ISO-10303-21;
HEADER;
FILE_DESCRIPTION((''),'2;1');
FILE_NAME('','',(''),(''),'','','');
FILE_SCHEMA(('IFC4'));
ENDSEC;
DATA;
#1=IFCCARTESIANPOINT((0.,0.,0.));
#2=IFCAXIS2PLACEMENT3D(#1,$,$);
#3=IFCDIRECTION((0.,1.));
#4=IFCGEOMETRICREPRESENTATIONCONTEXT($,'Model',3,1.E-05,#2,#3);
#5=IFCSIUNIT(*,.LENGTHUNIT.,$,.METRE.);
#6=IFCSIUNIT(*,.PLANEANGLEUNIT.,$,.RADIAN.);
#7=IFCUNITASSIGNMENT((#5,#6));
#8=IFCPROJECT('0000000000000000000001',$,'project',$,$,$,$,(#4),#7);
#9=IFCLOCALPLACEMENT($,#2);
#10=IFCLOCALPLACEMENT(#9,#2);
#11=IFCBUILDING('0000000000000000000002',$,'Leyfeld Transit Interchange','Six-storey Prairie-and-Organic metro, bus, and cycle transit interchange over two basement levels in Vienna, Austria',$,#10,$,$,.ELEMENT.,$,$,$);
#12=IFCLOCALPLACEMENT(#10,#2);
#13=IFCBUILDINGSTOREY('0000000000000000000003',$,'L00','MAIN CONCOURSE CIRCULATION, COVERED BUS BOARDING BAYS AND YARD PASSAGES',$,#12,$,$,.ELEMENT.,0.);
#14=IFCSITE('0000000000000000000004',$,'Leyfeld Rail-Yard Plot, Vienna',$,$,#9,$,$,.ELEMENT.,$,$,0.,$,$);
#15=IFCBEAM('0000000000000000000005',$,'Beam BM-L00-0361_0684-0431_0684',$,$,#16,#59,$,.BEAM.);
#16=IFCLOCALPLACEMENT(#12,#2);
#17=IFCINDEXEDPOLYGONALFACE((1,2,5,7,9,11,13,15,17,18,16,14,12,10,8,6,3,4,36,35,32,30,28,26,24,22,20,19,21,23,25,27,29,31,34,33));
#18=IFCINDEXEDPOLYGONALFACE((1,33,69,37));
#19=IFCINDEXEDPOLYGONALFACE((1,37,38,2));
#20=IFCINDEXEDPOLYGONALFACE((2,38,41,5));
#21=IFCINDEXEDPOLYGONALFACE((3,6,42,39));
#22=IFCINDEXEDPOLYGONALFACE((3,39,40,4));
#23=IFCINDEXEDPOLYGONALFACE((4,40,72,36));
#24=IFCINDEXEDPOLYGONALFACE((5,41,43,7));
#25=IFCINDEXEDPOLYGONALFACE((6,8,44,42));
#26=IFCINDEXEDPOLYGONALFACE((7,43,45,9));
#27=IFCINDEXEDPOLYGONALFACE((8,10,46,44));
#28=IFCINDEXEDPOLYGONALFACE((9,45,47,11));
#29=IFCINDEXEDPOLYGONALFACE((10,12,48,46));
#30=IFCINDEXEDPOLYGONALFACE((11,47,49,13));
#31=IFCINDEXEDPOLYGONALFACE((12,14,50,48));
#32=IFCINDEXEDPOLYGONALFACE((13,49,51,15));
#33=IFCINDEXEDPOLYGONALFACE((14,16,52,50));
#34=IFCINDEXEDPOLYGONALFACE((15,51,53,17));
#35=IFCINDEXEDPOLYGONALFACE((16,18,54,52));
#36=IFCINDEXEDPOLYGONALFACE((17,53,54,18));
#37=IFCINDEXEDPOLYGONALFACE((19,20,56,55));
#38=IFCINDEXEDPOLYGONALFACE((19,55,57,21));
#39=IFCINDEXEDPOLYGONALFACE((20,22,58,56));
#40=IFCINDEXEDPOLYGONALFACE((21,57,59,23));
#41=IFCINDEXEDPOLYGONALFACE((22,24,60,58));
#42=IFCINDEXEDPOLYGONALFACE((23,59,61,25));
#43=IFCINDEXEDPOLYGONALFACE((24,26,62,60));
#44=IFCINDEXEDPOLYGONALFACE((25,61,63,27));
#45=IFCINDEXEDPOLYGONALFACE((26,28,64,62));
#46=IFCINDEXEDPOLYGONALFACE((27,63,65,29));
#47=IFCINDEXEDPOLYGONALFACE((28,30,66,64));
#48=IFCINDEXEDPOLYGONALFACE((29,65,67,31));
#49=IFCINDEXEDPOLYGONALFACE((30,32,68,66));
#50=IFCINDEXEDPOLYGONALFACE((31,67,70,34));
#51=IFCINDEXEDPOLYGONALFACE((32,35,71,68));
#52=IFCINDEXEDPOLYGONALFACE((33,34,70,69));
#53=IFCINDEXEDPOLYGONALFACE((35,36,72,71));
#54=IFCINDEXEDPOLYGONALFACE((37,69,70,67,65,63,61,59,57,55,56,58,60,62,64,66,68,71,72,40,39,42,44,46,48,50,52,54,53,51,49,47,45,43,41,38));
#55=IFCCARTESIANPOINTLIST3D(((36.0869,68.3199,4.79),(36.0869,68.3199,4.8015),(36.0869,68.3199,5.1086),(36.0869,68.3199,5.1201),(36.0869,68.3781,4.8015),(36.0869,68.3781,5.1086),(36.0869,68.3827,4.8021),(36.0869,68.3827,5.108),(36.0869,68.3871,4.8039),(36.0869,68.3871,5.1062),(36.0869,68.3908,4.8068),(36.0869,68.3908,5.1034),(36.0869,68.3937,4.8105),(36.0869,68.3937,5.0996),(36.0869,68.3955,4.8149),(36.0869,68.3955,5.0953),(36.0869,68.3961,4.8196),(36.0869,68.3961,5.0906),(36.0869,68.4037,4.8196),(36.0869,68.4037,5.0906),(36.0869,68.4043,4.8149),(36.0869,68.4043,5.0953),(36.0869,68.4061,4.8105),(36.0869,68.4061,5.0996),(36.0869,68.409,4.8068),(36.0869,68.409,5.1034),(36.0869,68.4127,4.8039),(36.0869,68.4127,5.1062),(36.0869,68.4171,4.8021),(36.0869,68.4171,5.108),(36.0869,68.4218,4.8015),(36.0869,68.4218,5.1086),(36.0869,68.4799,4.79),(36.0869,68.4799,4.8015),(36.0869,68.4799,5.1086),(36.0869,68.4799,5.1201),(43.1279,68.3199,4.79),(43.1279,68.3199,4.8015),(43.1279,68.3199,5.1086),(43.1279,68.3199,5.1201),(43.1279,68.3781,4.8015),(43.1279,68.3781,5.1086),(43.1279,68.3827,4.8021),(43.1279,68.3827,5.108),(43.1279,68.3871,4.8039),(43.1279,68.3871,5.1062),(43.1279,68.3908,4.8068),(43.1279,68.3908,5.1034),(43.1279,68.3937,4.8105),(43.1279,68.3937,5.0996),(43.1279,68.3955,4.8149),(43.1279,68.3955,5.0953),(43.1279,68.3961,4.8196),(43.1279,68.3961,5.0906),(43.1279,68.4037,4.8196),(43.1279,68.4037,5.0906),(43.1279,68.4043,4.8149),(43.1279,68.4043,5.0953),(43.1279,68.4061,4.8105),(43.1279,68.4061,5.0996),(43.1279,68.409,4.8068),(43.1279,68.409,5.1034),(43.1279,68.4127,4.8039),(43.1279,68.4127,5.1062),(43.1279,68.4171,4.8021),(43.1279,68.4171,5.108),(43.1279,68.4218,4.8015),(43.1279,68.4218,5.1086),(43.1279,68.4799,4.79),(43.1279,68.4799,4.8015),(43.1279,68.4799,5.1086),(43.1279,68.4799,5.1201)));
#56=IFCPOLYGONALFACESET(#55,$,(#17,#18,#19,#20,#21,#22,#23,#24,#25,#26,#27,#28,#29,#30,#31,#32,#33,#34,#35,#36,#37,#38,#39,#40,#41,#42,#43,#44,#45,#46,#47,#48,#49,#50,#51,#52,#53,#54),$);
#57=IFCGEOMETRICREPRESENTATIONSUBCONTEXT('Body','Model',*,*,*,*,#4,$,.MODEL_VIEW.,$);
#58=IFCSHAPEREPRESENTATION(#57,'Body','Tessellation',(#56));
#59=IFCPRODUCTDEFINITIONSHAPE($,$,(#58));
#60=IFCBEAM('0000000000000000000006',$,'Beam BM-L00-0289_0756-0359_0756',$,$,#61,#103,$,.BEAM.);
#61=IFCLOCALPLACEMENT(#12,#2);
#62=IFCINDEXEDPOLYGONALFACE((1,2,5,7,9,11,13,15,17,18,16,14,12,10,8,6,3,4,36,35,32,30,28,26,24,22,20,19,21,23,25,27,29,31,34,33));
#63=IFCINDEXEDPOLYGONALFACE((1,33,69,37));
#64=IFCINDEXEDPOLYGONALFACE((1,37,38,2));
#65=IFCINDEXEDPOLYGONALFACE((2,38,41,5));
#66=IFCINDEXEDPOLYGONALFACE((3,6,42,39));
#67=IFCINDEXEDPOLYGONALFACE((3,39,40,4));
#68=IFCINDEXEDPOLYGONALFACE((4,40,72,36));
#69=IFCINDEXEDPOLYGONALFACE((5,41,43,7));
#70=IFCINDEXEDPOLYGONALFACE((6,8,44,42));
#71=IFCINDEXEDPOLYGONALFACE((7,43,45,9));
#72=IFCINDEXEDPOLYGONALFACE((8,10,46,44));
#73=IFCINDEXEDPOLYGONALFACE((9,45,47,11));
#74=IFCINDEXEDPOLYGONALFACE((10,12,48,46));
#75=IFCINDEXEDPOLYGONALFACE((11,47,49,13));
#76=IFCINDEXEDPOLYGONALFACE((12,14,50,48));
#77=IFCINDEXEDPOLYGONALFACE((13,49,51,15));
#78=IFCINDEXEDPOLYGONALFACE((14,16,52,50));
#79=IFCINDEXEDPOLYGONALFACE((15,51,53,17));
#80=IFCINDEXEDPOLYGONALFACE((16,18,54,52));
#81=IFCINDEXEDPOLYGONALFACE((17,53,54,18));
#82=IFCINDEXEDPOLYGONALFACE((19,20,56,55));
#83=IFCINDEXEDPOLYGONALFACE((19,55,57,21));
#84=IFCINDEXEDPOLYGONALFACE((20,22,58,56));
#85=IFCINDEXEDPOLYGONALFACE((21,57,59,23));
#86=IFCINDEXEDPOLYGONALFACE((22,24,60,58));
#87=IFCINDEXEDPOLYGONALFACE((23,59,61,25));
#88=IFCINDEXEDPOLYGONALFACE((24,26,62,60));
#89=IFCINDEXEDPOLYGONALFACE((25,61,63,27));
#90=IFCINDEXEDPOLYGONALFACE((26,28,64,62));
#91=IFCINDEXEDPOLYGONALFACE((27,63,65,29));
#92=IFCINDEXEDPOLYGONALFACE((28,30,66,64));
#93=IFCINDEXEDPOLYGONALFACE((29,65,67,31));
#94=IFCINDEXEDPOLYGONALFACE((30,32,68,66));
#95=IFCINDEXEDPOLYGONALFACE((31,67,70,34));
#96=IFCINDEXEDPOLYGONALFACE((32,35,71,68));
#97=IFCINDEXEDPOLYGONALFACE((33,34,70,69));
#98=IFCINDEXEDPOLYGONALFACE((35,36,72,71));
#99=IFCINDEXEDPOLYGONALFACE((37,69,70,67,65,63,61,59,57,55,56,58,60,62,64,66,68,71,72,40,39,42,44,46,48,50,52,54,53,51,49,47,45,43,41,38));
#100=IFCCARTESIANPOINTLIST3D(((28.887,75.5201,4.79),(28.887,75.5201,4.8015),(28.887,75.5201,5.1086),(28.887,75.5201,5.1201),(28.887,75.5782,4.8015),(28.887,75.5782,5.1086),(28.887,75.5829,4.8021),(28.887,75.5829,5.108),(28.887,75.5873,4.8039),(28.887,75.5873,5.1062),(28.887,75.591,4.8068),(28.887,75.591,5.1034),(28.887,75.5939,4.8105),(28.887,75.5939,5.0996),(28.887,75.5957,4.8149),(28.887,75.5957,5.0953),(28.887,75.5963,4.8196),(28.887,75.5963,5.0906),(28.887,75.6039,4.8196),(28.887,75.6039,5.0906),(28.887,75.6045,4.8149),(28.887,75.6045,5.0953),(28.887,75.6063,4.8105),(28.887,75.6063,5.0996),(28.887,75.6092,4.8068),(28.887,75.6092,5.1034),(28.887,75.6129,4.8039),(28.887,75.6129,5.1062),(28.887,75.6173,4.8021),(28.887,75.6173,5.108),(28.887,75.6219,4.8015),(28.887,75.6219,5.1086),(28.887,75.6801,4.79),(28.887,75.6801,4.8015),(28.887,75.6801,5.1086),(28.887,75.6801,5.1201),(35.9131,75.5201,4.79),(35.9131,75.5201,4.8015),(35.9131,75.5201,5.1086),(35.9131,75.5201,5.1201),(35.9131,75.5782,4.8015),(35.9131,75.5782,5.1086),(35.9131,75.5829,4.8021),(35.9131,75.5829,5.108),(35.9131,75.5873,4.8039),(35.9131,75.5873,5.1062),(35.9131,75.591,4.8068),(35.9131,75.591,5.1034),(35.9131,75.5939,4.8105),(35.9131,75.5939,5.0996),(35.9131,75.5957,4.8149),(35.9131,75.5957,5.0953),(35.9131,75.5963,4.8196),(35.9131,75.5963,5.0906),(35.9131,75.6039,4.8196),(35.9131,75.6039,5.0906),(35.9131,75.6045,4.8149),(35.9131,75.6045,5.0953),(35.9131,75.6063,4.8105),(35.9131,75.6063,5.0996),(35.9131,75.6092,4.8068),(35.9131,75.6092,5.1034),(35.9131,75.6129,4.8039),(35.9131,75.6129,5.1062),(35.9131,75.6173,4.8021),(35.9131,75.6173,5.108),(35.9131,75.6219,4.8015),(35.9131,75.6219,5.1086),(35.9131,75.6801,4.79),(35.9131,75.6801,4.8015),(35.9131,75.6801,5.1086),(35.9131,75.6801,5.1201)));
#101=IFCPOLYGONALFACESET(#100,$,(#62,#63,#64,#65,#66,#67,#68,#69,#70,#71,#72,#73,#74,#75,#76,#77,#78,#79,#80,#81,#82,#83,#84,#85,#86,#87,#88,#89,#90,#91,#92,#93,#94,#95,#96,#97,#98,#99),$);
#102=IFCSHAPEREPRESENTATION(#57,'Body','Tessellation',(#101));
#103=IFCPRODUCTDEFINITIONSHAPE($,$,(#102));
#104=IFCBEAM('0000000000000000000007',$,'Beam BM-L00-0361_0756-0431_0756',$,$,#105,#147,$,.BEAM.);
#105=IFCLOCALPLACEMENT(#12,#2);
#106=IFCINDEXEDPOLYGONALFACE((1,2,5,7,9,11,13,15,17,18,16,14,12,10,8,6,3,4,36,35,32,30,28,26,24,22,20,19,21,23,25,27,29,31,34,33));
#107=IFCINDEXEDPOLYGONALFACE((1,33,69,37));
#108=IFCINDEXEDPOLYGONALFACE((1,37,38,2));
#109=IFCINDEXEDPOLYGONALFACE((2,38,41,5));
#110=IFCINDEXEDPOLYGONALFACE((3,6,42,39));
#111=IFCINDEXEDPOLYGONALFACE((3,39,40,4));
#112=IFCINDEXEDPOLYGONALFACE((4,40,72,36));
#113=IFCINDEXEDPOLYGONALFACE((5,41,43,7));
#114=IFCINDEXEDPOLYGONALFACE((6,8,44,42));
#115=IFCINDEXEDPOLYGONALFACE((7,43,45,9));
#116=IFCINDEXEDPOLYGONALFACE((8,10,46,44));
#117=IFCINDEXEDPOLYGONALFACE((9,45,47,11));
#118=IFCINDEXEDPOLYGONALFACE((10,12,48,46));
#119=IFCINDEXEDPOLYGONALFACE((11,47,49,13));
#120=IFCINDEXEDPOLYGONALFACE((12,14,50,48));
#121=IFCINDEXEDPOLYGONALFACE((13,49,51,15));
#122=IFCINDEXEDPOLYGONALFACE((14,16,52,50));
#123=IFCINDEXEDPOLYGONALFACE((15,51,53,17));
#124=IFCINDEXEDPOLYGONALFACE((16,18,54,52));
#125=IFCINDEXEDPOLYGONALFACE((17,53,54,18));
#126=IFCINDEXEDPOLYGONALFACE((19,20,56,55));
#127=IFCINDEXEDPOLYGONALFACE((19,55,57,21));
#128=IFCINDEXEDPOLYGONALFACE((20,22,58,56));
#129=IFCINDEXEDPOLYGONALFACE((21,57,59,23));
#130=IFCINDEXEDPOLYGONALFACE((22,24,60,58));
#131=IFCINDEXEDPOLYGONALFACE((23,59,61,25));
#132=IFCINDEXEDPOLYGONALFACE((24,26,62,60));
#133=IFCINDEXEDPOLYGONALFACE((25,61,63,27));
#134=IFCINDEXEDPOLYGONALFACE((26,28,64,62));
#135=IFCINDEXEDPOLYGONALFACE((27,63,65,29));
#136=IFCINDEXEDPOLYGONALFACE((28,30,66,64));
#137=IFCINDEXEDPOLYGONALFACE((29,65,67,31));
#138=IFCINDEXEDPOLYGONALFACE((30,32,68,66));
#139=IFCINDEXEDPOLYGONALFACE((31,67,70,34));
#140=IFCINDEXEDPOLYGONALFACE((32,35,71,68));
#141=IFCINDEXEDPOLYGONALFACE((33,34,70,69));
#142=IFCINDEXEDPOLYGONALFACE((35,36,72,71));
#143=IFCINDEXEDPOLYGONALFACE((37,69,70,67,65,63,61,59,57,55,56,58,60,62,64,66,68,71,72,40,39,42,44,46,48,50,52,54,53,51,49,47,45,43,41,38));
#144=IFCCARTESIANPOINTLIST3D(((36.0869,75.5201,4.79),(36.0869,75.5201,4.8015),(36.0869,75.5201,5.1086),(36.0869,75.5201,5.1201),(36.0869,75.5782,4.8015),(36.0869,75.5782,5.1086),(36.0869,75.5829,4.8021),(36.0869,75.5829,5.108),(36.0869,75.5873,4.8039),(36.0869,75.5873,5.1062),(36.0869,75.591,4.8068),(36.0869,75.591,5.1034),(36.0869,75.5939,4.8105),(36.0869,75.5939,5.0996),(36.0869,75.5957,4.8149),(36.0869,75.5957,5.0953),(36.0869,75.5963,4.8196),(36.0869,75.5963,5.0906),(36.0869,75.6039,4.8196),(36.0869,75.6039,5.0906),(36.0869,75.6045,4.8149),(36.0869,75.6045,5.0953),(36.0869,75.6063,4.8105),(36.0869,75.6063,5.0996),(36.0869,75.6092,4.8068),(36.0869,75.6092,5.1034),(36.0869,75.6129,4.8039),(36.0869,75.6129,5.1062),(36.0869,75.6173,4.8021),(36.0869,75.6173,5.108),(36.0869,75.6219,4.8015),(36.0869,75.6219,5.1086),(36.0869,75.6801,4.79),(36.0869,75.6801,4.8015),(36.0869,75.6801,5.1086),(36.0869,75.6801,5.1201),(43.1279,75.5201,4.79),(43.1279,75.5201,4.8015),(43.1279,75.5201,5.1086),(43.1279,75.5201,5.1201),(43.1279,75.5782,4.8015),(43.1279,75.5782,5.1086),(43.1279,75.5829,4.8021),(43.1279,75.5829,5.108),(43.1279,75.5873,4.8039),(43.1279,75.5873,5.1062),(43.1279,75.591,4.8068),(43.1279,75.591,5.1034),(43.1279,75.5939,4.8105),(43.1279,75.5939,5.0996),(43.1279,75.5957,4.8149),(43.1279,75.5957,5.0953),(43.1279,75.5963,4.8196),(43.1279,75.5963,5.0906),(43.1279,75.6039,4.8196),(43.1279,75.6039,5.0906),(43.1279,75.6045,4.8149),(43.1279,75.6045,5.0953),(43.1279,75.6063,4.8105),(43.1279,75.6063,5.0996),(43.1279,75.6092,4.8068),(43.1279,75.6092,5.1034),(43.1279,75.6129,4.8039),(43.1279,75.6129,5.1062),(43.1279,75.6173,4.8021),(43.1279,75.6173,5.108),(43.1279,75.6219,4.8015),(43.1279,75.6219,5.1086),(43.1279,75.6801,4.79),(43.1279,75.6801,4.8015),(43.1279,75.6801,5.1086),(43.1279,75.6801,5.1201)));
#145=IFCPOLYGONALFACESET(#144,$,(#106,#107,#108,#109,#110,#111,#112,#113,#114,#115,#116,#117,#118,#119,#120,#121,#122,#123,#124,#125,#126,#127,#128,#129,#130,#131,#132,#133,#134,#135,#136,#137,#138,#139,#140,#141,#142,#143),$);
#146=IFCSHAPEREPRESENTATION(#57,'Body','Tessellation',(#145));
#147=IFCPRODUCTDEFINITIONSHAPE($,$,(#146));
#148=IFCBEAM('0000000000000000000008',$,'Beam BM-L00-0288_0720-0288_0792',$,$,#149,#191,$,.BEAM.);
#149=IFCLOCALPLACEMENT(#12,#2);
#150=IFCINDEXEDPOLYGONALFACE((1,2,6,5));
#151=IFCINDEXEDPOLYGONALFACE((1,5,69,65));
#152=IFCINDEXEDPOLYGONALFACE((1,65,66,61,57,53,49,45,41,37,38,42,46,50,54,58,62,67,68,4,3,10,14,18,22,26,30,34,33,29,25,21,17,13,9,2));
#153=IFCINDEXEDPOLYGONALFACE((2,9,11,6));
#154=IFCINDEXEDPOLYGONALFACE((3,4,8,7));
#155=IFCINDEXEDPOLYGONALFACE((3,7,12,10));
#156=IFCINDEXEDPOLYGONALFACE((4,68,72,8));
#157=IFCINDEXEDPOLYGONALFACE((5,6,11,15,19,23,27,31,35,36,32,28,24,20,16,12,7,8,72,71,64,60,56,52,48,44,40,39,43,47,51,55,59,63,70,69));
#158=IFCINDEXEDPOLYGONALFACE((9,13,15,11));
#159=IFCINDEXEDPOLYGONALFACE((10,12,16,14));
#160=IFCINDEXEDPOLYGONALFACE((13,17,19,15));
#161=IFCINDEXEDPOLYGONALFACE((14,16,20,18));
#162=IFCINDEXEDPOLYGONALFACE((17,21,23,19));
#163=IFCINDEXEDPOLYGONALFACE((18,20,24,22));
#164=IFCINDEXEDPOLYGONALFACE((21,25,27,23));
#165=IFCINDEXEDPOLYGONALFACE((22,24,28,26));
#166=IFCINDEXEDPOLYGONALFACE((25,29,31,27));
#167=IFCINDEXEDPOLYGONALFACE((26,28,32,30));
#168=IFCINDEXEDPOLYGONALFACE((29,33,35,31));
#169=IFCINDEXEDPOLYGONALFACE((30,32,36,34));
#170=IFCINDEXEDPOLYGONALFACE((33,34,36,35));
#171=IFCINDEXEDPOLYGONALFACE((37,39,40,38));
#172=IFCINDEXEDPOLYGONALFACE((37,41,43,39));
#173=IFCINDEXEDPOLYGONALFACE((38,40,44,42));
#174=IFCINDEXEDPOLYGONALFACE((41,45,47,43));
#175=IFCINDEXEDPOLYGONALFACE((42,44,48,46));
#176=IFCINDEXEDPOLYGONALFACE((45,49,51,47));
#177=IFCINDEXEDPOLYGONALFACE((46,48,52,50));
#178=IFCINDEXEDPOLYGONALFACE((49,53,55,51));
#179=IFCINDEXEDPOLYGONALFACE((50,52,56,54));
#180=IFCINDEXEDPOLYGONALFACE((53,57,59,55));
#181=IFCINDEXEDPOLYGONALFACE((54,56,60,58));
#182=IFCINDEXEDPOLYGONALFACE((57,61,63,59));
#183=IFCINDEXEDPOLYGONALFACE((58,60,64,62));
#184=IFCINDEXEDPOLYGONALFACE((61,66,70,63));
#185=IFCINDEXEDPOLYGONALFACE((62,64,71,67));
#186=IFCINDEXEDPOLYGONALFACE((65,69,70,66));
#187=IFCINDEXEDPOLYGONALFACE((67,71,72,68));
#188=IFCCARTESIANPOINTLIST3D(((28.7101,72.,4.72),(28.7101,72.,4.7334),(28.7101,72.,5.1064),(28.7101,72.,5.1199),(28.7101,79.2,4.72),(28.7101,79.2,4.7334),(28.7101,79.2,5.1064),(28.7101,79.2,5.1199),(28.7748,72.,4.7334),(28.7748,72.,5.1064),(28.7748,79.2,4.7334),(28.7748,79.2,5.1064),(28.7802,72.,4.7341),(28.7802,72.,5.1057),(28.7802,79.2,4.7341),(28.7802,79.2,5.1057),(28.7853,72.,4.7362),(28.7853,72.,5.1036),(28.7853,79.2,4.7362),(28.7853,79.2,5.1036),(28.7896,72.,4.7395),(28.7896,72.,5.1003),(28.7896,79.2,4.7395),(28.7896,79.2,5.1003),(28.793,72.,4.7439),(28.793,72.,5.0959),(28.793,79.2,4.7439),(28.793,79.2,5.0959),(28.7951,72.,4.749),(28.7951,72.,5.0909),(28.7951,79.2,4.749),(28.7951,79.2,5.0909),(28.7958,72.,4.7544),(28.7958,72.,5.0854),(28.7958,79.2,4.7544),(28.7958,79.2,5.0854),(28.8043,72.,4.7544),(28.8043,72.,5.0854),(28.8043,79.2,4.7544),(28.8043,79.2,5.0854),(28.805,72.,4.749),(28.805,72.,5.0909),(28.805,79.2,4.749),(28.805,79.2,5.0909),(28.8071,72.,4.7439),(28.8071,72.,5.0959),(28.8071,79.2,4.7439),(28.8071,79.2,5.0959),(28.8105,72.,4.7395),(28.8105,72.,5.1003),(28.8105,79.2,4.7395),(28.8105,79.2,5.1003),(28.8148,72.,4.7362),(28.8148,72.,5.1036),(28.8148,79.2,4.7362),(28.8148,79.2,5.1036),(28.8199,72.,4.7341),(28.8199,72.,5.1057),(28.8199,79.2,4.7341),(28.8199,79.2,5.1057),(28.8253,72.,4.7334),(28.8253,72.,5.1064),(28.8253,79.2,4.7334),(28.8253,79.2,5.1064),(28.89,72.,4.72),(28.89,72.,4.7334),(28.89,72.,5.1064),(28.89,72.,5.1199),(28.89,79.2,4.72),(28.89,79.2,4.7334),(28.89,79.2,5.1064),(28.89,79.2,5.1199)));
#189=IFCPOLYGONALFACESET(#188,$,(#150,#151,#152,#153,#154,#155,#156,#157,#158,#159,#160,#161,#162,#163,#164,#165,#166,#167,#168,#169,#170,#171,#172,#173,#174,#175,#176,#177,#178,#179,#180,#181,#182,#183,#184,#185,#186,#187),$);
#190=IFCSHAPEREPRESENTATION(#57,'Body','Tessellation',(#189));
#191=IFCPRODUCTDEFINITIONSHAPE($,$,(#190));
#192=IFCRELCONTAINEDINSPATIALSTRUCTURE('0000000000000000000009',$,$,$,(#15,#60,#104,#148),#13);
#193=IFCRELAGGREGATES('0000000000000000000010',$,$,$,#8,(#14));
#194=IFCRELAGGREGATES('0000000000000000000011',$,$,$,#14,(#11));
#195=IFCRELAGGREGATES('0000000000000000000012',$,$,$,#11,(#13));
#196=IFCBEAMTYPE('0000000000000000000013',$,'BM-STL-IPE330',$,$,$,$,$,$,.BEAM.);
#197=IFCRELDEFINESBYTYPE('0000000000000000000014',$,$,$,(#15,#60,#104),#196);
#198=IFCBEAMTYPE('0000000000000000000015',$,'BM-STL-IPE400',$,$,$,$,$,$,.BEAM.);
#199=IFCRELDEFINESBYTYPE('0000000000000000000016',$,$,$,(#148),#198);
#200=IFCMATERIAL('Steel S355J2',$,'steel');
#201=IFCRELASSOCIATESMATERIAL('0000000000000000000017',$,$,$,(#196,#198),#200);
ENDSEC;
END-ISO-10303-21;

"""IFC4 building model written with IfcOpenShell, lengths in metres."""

from ifc_helpers import new_model, si_unit, direction, frame, origin, origin_2d, place, context, subcontext, project, spatial, i_section, extrude, material, material_profile, profile_set, type_object, element, save


model = new_model("IFC4")

# Units and contexts
model_context = context("Model", 3, precision=1e-05, world=origin(), true_north=direction((0.0, 1.0)))
body_context = subcontext(model_context, "Body", "Model", "MODEL_VIEW")
ifc_project = project(units=[si_unit("LENGTHUNIT", "METRE"), si_unit("PLANEANGLEUNIT", "RADIAN")], contexts=[model_context])

# Site, building, storey
site_placement = place(None, origin())
site = spatial("IfcSite", under=ifc_project, at=site_placement, Name="Leyfeld Rail-Yard Plot, Vienna", CompositionType="ELEMENT", RefElevation=0.0)
building_placement = place(site_placement, origin())
building = spatial("IfcBuilding", under=site, at=building_placement, Name="Leyfeld Transit Interchange", Description="Six-storey Prairie-and-Organic metro, bus, and cycle transit interchange over two basement levels in Vienna, Austria", CompositionType="ELEMENT")
storey_placement = place(building_placement, origin())
storey = spatial("IfcBuildingStorey", under=building, at=storey_placement, Name="L00", Description="MAIN CONCOURSE CIRCULATION, COVERED BUS BOARDING BAYS AND YARD PASSAGES", CompositionType="ELEMENT", Elevation=0.0)

# Beams
ifc_material_1 = material(Name="Steel S355J2", Category="steel")
ifc_material_profile_1 = material_profile(ifc_material_1, i_section(OverallWidth=0.1599, OverallDepth=0.3301, WebThickness=0.0076, FlangeThickness=0.0115, FilletRadius=0.0181, at=origin_2d()), Name="IPE 330")
ifc_profile_set_1 = profile_set([ifc_material_profile_1], Name="Steel S355J2")
beam_type_1 = type_object("IfcBeamType", Name="BM-STL-IPE330", PredefinedType="BEAM", material=ifc_profile_set_1)
beam_1_placement = place(storey_placement, frame((36.0869, 68.3999, 4.9551), z_axis=(1.0, 0.0, 0.0), x_axis=(0.0, 1.0, 0.0)))
element("IfcBeam", 1, at=beam_1_placement, inside=storey, type_object=beam_type_1, Name="Beam BM-L00-0361_0684-0431_0684", PredefinedType="BEAM", context=body_context, shape_type="SweptSolid", body=[
    extrude(i_section(OverallWidth=0.1599, OverallDepth=0.3301, WebThickness=0.0076, FlangeThickness=0.0115, FilletRadius=0.0181, at=origin_2d()), origin(), (0.0, 0.0, 1.0), 7.041),
])
beam_2_placement = place(storey_placement, frame((28.887, 75.6001, 4.9551), z_axis=(1.0, 0.0, 0.0), x_axis=(0.0, 1.0, 0.0)))
element("IfcBeam", 2, at=beam_2_placement, inside=storey, type_object=beam_type_1, Name="Beam BM-L00-0289_0756-0359_0756", PredefinedType="BEAM", context=body_context, shape_type="SweptSolid", body=[
    extrude(i_section(OverallWidth=0.1599, OverallDepth=0.3301, WebThickness=0.0076, FlangeThickness=0.0115, FilletRadius=0.0181, at=origin_2d()), origin(), (0.0, 0.0, 1.0), 7.0261),
])
beam_3_placement = place(storey_placement, frame((36.0869, 75.6001, 4.9551), z_axis=(1.0, 0.0, 0.0), x_axis=(0.0, 1.0, 0.0)))
element("IfcBeam", 3, at=beam_3_placement, inside=storey, type_object=beam_type_1, Name="Beam BM-L00-0361_0756-0431_0756", PredefinedType="BEAM", context=body_context, shape_type="SweptSolid", body=[
    extrude(i_section(OverallWidth=0.1599, OverallDepth=0.3301, WebThickness=0.0076, FlangeThickness=0.0115, FilletRadius=0.0181, at=origin_2d()), origin(), (0.0, 0.0, 1.0), 7.041),
])
ifc_material_profile_2 = material_profile(ifc_material_1, i_section(OverallWidth=0.1799, OverallDepth=0.3999, WebThickness=0.0085, FlangeThickness=0.0134, FilletRadius=0.021, at=origin_2d()), Name="IPE 400")
ifc_profile_set_2 = profile_set([ifc_material_profile_2], Name="Steel S355J2")
beam_type_2 = type_object("IfcBeamType", Name="BM-STL-IPE400", PredefinedType="BEAM", material=ifc_profile_set_2)
for number, where, z_axis, x_axis, name in (
    (4, (28.8, 72.0, 4.9199), (0.0, 1.0, 0.0), (-1.0, 0.0, 0.0), "Beam BM-L00-0288_0720-0288_0792"),
):
    element("IfcBeam", number, at=place(storey_placement, frame(where, z_axis=z_axis, x_axis=x_axis)), inside=storey, type_object=beam_type_2, Name=name, PredefinedType="BEAM", context=body_context, shape_type="SweptSolid", body=[
        extrude(i_section(OverallWidth=0.1799, OverallDepth=0.3999, WebThickness=0.0085, FlangeThickness=0.0134, FilletRadius=0.021, at=origin_2d()), origin(), (0.0, 0.0, 1.0), 7.2),
    ])

save(model, "model.ifc")
